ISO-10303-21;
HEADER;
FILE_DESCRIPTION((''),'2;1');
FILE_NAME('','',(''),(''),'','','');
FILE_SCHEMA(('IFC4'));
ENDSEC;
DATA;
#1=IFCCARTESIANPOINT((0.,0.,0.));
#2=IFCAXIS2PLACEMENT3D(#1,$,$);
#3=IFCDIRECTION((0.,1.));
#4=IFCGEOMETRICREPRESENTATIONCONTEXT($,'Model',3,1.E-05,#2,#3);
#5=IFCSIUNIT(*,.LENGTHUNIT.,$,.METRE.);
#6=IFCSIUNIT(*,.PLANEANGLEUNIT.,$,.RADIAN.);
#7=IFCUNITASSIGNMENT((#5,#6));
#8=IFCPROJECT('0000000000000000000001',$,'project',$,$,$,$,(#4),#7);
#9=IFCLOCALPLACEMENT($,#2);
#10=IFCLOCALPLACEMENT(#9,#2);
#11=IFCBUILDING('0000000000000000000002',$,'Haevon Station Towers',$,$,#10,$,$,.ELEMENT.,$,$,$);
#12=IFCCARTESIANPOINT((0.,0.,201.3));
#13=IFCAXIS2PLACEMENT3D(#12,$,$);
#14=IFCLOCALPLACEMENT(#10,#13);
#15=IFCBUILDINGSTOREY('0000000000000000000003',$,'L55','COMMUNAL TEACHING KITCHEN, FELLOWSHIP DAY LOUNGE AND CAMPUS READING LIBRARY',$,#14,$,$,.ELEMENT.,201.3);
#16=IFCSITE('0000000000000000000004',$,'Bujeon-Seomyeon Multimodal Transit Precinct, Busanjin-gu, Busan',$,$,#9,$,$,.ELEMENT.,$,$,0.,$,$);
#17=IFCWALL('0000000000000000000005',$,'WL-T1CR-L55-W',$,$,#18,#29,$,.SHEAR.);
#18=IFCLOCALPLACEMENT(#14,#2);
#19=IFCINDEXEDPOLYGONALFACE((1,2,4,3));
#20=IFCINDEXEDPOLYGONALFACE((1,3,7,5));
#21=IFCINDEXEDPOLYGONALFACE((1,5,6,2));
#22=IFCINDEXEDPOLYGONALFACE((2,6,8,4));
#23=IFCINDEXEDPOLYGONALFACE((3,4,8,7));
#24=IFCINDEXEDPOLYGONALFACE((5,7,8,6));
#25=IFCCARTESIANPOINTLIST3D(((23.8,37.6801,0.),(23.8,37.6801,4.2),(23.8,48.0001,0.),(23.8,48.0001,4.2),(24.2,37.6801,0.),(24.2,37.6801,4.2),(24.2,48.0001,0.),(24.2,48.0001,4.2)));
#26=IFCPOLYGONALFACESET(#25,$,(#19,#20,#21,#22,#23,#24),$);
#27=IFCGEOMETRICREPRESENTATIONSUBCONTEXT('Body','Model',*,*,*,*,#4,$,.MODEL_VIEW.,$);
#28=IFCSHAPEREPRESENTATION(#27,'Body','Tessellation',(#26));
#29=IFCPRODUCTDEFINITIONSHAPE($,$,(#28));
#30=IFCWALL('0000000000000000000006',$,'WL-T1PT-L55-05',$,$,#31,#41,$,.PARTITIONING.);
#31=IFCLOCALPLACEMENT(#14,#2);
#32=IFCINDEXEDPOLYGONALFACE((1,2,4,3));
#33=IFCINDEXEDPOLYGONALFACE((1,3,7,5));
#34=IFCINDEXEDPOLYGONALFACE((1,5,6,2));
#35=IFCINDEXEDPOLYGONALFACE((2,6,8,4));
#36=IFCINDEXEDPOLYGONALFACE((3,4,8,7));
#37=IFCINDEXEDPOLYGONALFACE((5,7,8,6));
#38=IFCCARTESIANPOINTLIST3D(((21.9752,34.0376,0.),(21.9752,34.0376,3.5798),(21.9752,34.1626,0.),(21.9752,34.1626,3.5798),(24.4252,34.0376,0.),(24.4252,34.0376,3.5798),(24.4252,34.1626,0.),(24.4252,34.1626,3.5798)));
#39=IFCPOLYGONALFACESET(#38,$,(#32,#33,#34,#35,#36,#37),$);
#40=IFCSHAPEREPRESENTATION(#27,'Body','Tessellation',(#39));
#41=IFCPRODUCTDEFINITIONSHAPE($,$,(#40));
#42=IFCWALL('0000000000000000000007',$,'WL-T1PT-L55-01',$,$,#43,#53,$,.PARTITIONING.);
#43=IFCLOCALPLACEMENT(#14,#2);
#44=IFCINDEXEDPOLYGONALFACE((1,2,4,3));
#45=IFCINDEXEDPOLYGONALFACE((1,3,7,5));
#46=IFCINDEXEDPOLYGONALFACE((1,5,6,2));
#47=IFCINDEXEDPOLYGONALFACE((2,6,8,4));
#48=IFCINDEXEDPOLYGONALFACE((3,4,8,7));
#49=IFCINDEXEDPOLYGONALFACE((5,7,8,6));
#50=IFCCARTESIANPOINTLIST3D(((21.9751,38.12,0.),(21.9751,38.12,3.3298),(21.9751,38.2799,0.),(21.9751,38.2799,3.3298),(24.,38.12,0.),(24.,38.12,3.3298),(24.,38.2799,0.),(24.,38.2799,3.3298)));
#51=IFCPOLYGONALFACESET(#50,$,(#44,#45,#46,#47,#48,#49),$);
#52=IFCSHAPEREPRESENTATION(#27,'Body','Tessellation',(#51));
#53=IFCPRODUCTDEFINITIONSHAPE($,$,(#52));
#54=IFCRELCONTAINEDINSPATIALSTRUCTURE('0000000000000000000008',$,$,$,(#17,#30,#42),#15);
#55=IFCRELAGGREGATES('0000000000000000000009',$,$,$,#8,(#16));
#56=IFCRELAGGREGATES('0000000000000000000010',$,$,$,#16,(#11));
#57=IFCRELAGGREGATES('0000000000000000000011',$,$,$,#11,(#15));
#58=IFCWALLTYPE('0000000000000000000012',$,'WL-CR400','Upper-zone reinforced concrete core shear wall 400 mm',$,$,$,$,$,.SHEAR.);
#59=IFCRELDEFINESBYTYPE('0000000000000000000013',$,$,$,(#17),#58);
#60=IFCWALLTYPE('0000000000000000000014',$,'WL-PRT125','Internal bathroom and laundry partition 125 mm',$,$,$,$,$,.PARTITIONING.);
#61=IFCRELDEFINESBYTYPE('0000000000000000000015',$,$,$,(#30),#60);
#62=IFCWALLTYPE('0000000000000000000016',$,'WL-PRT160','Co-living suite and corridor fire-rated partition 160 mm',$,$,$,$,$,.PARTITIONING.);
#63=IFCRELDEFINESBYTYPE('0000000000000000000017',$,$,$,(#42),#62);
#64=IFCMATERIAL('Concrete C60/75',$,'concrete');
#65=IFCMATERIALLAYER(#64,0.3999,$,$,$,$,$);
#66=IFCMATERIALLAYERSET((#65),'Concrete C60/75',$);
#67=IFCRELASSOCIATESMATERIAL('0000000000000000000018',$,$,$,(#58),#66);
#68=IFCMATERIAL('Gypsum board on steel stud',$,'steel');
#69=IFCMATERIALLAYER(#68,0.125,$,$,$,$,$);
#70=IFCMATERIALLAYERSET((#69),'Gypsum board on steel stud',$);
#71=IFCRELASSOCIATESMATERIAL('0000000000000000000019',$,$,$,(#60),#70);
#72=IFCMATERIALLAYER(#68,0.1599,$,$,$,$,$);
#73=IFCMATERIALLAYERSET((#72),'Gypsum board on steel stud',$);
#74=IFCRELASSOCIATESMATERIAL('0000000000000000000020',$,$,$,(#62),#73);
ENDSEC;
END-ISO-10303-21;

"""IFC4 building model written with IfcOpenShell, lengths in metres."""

from ifc_helpers import new_model, si_unit, direction, frame, frame_2d, origin, place, context, subcontext, project, spatial, rectangle, extrude, material, layer, layer_set, type_object, element, save


model = new_model("IFC4")

# Units and contexts
model_context = context("Model", 3, precision=1e-05, world=origin(), true_north=direction((0.0, 1.0)))
body_context = subcontext(model_context, "Body", "Model", "MODEL_VIEW")
ifc_project = project(units=[si_unit("LENGTHUNIT", "METRE"), si_unit("PLANEANGLEUNIT", "RADIAN")], contexts=[model_context])

# Site, building, storey
site_placement = place(None, origin())
site = spatial("IfcSite", under=ifc_project, at=site_placement, Name="Bujeon-Seomyeon Multimodal Transit Precinct, Busanjin-gu, Busan", CompositionType="ELEMENT", RefElevation=0.0)
building_placement = place(site_placement, origin())
building = spatial("IfcBuilding", under=site, at=building_placement, Name="Haevon Station Towers", CompositionType="ELEMENT")
storey_placement = place(building_placement, frame((0.0, 0.0, 201.3)))
storey = spatial("IfcBuildingStorey", under=building, at=storey_placement, Name="L55", Description="COMMUNAL TEACHING KITCHEN, FELLOWSHIP DAY LOUNGE AND CAMPUS READING LIBRARY", CompositionType="ELEMENT", Elevation=201.3)

# Shared definitions
ifc_material_1 = material(Name="Gypsum board on steel stud", Category="steel")

# Walls
ifc_material_2 = material(Name="Concrete C60/75", Category="concrete")
ifc_layer_1 = layer(ifc_material_2, 0.3999)
ifc_layer_set_1 = layer_set([ifc_layer_1], Name="Concrete C60/75")
wall_type_1 = type_object("IfcWallType", Name="WL-CR400", Description="Upper-zone reinforced concrete core shear wall 400 mm", PredefinedType="SHEAR", material=ifc_layer_set_1)
wall_1_placement = place(storey_placement, frame((24.0, 37.6799, 0.0), z_axis=(0.0, 0.0, 1.0), x_axis=(0.0, 1.0, 0.0)))
element("IfcWall", 1, at=wall_1_placement, inside=storey, type_object=wall_type_1, Name="WL-T1CR-L55-W", PredefinedType="SHEAR", context=body_context, shape_type="SweptSolid", body=[
    extrude(rectangle(XDim=10.3201, YDim=0.3999, at=frame_2d((5.1602, 0.0))), origin(), (0.0, 0.0, 1.0), 4.2),
])
ifc_layer_2 = layer(ifc_material_1, 0.125)
ifc_layer_set_2 = layer_set([ifc_layer_2], Name="Gypsum board on steel stud")
wall_type_2 = type_object("IfcWallType", Name="WL-PRT125", Description="Internal bathroom and laundry partition 125 mm", PredefinedType="PARTITIONING", material=ifc_layer_set_2)
wall_2_placement = place(storey_placement, frame((21.9751, 34.1001, 0.0), z_axis=(0.0, 0.0, 1.0), x_axis=(1.0, 0.0, 0.0)))
element("IfcWall", 2, at=wall_2_placement, inside=storey, type_object=wall_type_2, Name="WL-T1PT-L55-05", PredefinedType="PARTITIONING", context=body_context, shape_type="SweptSolid", body=[
    extrude(rectangle(XDim=2.45, YDim=0.125, at=frame_2d((1.2251, 0.0))), origin(), (0.0, 0.0, 1.0), 3.5798),
])
ifc_layer_3 = layer(ifc_material_1, 0.1599)
ifc_layer_set_3 = layer_set([ifc_layer_3], Name="Gypsum board on steel stud")
wall_type_3 = type_object("IfcWallType", Name="WL-PRT160", Description="Co-living suite and corridor fire-rated partition 160 mm", PredefinedType="PARTITIONING", material=ifc_layer_set_3)
wall_3_placement = place(storey_placement, frame((21.9751, 38.2, 0.0), z_axis=(0.0, 0.0, 1.0), x_axis=(1.0, 0.0, 0.0)))
element("IfcWall", 3, at=wall_3_placement, inside=storey, type_object=wall_type_3, Name="WL-T1PT-L55-01", PredefinedType="PARTITIONING", context=body_context, shape_type="SweptSolid", body=[
    extrude(rectangle(XDim=2.0249, YDim=0.1599, at=frame_2d((1.0125, 0.0))), origin(), (0.0, 0.0, 1.0), 3.3298),
])

save(model, "model.ifc")
